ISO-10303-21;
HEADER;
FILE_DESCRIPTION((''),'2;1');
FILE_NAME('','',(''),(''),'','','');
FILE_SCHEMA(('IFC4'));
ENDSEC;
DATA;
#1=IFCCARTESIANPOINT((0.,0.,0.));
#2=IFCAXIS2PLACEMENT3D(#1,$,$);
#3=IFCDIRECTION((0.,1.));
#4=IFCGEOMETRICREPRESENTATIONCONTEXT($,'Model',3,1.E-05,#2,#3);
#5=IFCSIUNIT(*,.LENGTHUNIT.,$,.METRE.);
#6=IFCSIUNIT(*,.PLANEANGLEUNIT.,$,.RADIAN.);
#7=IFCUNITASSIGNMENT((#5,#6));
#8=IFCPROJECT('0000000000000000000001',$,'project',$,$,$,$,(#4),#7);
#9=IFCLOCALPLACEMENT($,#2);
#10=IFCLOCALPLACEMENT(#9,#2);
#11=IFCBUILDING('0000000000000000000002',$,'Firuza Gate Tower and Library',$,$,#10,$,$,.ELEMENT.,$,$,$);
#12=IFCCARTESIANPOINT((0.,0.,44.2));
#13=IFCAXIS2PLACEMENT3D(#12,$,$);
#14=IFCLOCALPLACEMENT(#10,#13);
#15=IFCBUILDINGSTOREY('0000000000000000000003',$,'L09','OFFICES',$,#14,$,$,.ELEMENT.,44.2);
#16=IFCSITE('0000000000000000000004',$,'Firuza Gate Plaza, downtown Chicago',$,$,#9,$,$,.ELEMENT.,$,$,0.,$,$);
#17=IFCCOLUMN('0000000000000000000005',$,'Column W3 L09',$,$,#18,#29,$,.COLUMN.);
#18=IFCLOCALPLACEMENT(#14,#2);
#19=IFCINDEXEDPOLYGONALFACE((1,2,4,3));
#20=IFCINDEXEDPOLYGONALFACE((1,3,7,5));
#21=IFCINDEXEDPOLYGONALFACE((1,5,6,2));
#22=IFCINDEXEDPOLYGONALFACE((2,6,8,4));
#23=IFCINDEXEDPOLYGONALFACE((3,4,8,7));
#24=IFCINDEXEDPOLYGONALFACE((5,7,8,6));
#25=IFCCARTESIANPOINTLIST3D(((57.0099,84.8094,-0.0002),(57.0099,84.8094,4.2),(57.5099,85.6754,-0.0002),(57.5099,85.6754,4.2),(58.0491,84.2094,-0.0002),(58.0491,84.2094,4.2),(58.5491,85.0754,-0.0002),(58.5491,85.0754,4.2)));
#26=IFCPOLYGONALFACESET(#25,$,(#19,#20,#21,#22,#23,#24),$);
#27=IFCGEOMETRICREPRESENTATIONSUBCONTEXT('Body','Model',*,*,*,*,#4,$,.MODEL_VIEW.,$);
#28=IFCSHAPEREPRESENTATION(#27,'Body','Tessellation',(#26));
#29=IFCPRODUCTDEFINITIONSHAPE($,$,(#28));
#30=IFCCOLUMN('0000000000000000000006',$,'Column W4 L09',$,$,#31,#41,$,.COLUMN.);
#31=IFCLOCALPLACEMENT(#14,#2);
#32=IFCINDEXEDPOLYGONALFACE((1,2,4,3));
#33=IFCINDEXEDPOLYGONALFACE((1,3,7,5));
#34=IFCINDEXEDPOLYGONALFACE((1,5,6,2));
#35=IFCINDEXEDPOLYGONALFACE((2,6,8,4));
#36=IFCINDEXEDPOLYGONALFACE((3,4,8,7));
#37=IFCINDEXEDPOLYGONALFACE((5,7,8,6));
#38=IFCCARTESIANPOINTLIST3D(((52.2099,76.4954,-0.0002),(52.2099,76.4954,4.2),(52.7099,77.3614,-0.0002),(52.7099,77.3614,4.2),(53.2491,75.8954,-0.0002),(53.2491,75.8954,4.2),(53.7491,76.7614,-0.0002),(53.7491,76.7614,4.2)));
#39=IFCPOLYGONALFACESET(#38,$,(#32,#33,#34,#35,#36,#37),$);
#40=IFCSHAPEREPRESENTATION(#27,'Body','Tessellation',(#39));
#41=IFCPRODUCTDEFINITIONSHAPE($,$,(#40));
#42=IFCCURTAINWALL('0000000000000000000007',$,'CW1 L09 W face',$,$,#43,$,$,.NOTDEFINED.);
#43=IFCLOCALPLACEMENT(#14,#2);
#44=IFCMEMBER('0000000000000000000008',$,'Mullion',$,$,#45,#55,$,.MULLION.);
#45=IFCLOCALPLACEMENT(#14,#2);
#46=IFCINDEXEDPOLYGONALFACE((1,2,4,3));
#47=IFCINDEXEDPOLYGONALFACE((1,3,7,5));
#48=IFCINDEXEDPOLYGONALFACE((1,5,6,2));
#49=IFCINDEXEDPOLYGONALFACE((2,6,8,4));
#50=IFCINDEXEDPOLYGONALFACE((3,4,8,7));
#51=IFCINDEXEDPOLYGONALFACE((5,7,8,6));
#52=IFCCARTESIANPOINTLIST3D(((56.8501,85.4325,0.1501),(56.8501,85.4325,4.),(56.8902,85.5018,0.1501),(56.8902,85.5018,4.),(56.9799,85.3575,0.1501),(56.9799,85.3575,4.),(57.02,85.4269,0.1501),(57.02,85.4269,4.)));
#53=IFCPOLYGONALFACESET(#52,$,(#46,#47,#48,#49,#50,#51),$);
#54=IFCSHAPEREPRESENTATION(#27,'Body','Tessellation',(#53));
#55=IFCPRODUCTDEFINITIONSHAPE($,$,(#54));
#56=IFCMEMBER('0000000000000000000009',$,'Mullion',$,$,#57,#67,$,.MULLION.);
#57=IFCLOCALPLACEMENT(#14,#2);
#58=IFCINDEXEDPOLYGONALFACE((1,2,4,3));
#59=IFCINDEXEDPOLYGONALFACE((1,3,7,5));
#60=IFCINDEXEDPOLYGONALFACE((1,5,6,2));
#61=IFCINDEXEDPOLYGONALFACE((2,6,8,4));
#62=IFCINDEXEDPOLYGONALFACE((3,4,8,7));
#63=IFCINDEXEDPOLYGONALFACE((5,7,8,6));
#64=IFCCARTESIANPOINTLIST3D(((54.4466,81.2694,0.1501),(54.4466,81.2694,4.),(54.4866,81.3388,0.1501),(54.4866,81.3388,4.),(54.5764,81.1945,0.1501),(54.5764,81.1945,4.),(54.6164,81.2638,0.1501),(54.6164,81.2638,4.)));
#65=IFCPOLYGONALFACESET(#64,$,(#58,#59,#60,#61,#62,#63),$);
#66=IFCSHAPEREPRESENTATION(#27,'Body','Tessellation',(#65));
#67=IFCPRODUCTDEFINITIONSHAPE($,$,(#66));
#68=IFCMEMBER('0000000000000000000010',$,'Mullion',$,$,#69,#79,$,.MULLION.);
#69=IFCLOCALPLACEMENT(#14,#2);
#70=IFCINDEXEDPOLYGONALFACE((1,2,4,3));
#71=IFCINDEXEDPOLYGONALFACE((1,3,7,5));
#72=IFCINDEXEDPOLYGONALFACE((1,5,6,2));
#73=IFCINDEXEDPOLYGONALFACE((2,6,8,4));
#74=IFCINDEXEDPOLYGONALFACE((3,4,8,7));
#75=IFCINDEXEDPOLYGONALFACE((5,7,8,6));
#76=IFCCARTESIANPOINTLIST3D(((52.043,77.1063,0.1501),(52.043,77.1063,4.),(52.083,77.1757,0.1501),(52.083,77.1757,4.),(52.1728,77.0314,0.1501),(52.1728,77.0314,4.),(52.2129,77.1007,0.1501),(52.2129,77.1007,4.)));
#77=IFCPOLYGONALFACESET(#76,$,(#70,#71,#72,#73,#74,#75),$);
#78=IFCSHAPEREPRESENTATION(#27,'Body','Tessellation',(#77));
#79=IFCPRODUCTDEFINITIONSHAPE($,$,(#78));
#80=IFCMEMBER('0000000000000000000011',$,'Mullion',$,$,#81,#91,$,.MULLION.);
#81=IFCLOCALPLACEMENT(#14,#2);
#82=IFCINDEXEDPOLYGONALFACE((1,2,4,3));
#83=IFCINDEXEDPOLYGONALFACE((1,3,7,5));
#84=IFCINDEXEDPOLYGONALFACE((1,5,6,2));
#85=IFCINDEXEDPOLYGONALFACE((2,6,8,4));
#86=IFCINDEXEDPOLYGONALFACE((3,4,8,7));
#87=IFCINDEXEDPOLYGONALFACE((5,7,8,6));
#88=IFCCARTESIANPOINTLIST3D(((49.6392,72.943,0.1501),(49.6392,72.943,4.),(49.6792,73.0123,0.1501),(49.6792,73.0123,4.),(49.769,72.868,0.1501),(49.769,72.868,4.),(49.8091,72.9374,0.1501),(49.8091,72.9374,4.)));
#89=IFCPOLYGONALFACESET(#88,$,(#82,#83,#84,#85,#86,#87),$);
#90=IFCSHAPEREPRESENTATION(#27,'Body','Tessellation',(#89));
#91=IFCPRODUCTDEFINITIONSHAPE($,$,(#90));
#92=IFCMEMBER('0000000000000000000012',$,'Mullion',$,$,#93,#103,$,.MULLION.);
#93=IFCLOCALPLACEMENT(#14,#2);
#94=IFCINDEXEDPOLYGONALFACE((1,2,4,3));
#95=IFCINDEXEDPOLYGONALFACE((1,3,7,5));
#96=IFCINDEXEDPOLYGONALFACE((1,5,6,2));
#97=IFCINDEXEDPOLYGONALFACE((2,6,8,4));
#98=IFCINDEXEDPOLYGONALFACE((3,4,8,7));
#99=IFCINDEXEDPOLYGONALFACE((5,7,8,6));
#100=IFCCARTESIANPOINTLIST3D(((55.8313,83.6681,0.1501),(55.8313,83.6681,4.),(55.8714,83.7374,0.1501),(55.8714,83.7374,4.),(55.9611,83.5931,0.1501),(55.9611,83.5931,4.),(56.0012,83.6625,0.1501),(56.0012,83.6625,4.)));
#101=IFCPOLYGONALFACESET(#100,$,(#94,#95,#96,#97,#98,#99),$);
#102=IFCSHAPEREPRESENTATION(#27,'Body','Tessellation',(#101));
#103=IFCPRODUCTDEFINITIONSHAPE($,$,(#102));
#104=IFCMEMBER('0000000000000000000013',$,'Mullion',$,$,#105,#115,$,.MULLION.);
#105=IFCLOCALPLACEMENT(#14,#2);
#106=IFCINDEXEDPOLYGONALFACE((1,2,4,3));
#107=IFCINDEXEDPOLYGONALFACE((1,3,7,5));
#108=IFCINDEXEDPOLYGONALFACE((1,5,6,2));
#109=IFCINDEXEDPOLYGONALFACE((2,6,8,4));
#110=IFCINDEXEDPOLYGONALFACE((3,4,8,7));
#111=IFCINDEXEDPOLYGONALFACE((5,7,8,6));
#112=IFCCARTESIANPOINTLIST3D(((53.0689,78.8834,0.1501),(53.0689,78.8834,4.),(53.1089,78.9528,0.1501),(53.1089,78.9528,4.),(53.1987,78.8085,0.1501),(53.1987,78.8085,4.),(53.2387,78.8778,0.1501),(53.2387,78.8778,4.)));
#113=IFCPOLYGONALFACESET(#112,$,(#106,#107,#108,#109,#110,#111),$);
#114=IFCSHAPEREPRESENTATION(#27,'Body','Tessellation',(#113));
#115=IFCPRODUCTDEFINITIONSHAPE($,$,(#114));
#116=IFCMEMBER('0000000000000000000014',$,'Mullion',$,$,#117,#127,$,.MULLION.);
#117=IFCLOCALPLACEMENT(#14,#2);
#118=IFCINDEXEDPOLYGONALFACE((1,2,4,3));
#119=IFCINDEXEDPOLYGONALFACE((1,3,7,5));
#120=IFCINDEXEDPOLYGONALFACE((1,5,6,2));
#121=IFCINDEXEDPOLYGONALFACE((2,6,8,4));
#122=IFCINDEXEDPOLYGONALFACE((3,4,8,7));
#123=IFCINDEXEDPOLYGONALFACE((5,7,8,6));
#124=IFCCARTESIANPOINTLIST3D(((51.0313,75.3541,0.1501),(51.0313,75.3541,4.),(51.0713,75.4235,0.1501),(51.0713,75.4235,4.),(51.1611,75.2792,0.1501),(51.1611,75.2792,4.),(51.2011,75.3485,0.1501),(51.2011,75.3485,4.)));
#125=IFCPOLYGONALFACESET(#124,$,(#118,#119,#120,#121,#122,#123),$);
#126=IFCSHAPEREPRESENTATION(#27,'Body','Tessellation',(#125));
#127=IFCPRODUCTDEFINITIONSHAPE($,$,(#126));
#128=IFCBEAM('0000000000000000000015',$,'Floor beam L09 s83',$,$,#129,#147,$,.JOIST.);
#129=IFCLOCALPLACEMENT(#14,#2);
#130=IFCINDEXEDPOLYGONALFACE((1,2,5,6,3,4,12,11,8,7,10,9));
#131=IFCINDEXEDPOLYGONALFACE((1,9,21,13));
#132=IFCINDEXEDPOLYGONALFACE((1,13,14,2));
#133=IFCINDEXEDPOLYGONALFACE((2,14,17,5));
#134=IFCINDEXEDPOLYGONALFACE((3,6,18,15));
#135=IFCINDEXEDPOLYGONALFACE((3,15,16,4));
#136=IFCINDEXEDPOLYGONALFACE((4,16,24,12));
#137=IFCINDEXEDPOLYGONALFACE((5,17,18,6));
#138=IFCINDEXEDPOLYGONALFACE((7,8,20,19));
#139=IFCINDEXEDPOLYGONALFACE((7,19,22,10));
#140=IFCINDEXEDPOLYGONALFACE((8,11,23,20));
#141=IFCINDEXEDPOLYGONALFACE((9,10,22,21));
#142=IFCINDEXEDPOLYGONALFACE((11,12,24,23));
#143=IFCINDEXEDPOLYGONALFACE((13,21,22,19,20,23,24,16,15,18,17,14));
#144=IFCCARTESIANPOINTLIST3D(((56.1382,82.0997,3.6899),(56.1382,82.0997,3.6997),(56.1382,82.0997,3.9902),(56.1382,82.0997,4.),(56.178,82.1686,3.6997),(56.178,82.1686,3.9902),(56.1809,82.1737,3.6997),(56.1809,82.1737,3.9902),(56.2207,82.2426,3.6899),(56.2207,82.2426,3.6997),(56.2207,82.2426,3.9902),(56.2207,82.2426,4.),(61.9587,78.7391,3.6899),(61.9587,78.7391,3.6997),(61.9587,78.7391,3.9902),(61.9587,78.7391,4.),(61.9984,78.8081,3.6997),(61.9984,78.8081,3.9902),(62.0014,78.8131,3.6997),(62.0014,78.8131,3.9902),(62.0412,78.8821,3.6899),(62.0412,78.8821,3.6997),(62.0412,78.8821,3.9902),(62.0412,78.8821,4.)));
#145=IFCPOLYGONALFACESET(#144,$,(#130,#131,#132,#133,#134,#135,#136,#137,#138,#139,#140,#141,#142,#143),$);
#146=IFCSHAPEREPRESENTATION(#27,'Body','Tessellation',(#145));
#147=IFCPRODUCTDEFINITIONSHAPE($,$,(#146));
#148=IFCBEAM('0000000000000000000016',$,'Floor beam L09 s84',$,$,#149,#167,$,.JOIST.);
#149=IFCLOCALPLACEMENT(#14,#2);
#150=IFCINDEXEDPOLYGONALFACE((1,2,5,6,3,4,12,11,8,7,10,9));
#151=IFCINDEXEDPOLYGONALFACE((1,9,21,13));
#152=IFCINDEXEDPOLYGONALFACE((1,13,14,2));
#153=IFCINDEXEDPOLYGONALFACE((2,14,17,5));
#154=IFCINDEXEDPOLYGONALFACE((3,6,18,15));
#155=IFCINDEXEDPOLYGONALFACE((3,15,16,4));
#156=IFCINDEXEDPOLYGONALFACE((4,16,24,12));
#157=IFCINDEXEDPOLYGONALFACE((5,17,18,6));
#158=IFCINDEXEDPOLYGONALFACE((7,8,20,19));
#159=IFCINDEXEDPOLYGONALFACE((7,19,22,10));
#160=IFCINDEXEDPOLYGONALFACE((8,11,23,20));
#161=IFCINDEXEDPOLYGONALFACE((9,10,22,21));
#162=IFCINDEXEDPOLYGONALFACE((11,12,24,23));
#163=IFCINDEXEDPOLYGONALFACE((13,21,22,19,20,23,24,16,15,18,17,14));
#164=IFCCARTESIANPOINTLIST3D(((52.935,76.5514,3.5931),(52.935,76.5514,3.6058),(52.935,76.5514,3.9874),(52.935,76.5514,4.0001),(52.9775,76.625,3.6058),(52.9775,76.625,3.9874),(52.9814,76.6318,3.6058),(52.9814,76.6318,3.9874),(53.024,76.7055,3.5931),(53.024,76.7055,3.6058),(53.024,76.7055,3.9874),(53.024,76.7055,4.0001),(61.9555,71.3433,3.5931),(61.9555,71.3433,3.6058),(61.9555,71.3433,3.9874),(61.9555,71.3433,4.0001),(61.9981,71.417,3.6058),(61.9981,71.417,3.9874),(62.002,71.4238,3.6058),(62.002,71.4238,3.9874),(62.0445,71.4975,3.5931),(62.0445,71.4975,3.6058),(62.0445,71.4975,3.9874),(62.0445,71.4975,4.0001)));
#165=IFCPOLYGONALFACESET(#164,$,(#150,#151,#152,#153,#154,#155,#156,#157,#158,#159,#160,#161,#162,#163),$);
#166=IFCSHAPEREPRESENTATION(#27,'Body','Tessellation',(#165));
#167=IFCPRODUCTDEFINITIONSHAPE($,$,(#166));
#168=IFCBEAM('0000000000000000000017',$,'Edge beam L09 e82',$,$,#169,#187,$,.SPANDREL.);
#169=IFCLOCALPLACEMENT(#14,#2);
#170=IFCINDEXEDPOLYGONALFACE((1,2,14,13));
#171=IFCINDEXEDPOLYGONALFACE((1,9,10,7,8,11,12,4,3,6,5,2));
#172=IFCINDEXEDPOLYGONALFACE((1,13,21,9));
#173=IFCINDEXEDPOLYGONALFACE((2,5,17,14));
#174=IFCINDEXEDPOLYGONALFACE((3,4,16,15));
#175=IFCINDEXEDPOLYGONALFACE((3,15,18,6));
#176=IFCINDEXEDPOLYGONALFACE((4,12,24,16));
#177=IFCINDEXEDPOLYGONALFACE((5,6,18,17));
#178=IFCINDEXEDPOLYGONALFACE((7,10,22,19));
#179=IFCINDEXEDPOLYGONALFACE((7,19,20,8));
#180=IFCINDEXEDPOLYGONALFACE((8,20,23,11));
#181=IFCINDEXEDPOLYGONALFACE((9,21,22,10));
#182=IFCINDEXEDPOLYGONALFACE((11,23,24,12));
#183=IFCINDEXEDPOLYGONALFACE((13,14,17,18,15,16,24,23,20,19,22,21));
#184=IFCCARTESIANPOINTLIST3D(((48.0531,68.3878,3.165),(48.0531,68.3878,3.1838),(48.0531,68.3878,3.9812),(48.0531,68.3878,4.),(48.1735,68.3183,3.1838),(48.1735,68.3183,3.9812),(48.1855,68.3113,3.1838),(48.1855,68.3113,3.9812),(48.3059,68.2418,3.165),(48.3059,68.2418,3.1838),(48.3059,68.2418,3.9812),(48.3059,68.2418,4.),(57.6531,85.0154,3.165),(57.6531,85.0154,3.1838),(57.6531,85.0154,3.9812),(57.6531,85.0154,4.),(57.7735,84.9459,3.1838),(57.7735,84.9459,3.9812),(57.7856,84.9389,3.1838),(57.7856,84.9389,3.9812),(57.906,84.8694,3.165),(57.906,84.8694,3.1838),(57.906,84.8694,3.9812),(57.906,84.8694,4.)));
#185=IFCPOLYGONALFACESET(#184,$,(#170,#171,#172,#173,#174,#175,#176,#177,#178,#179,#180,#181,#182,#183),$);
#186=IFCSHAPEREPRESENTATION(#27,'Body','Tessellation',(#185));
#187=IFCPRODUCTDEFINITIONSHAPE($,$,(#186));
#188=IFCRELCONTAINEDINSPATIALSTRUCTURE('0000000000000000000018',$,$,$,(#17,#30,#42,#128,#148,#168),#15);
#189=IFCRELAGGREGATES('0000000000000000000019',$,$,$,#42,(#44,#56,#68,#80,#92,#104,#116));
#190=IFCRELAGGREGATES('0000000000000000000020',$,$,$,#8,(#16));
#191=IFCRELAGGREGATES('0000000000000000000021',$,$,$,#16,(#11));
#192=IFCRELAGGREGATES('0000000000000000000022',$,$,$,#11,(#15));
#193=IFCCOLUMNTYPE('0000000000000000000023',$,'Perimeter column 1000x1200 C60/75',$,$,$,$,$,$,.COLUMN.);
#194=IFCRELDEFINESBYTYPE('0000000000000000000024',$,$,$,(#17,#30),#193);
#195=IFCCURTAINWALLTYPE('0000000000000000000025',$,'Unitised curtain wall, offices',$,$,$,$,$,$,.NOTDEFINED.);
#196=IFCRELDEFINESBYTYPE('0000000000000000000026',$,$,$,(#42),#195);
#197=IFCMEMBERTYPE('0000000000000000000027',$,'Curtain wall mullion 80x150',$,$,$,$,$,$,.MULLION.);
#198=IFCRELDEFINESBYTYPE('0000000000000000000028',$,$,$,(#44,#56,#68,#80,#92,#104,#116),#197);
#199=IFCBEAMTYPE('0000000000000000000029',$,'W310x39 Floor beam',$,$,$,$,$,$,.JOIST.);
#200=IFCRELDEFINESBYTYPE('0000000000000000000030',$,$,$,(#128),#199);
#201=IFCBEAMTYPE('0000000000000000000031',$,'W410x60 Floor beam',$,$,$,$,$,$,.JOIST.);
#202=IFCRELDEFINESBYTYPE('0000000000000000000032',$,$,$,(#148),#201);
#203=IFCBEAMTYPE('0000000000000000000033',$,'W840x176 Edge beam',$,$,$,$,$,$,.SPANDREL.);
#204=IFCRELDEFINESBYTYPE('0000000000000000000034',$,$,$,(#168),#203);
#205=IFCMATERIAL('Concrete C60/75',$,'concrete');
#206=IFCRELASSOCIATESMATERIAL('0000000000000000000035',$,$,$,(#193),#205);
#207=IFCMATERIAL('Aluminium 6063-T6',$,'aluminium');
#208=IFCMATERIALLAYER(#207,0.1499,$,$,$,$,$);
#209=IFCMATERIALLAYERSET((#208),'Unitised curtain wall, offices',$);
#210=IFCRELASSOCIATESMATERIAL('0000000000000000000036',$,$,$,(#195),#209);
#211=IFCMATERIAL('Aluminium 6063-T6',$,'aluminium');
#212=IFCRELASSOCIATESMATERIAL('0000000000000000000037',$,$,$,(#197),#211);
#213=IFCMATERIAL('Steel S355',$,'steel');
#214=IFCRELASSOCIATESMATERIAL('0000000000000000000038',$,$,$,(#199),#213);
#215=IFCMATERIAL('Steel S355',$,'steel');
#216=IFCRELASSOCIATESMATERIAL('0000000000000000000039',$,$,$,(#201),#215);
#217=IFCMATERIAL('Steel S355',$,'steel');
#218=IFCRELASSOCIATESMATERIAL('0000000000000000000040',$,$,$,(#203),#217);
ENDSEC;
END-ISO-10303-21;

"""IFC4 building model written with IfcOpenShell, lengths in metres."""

from ifc_helpers import new_model, si_unit, direction, frame, origin, origin_2d, place, context, subcontext, project, spatial, rectangle, i_section, extrude, material, layer, layer_set, material_profile, profile_set, type_object, element, aggregate, save


model = new_model("IFC4")

# Units and contexts
model_context = context("Model", 3, precision=1e-05, world=origin(), true_north=direction((0.0, 1.0)))
body_context = subcontext(model_context, "Body", "Model", "MODEL_VIEW")
ifc_project = project(units=[si_unit("LENGTHUNIT", "METRE"), si_unit("PLANEANGLEUNIT", "RADIAN")], contexts=[model_context])

# Site, building, storey
site_placement = place(None, origin())
site = spatial("IfcSite", under=ifc_project, at=site_placement, Name="Firuza Gate Plaza, downtown Chicago", CompositionType="ELEMENT", RefElevation=0.0)
building_placement = place(site_placement, origin())
building = spatial("IfcBuilding", under=site, at=building_placement, Name="Firuza Gate Tower and Library", CompositionType="ELEMENT")
storey_placement = place(building_placement, frame((0.0, 0.0, 44.2)))
storey = spatial("IfcBuildingStorey", under=building, at=storey_placement, Name="L09", Description="OFFICES", CompositionType="ELEMENT", Elevation=44.2)

# Columns
ifc_material_1 = material(Name="Concrete C60/75", Category="concrete")
ifc_material_profile_1 = material_profile(ifc_material_1, rectangle(XDim=1.0, YDim=1.2, at=origin_2d()))
ifc_profile_set_1 = profile_set([ifc_material_profile_1], Name="Concrete C60/75")
column_type = type_object("IfcColumnType", Name="Perimeter column 1000x1200 C60/75", PredefinedType="COLUMN", material=ifc_profile_set_1)
for number, where, z_axis, x_axis, name in (
    (1, (57.7795, 84.9424, -0.0002), (0.0, 0.0, 1.0), (-0.5, -0.866025, 0.0), "Column W3 L09"),
    (2, (52.9795, 76.6284, -0.0002), (0.0, 0.0, 1.0), (-0.5, -0.866025, 0.0), "Column W4 L09"),
):
    element("IfcColumn", number, at=place(storey_placement, frame(where, z_axis=z_axis, x_axis=x_axis)), inside=storey, type_object=column_type, Name=name, PredefinedType="COLUMN", context=body_context, shape_type="SweptSolid", body=[
        extrude(rectangle(XDim=1.0, YDim=1.2, at=origin_2d()), origin(), (0.0, 0.0, 1.0), 4.2002),
    ])

# Curtain wall, members
ifc_material_2 = material(Name="Aluminium 6063-T6", Category="aluminium")
ifc_layer_1 = layer(ifc_material_2, 0.1499)
ifc_layer_set_1 = layer_set([ifc_layer_1], Name="Unitised curtain wall, offices")
curtain_wall_type = type_object("IfcCurtainWallType", Name="Unitised curtain wall, offices", PredefinedType="NOTDEFINED", material=ifc_layer_set_1)
curtain_wall_placement = place(storey_placement, origin())
curtain_wall = element("IfcCurtainWall", 3, at=curtain_wall_placement, inside=storey, type_object=curtain_wall_type, Name="CW1 L09 W face", PredefinedType="NOTDEFINED")
ifc_material_3 = material(Name="Aluminium 6063-T6", Category="aluminium")
ifc_material_profile_2 = material_profile(ifc_material_3, rectangle(XDim=0.1499, YDim=0.0801, at=origin_2d()))
ifc_profile_set_2 = profile_set([ifc_material_profile_2], Name="Aluminium 6063-T6")
member_type = type_object("IfcMemberType", Name="Curtain wall mullion 80x150", PredefinedType="MULLION", material=ifc_profile_set_2)
member_1_placement = place(storey_placement, frame((56.9351, 85.4297, 0.1501), z_axis=(0.0, 0.0, 1.0), x_axis=(0.866025, -0.5, 0.0)))
member_1 = element("IfcMember", 4, at=member_1_placement, type_object=member_type, Name="Mullion", PredefinedType="MULLION", context=body_context, shape_type="SweptSolid", body=[
    extrude(rectangle(XDim=0.1499, YDim=0.0801, at=origin_2d()), origin(), (0.0, 0.0, 1.0), 3.8499),
])
member_2_placement = place(storey_placement, frame((54.5315, 81.2666, 0.1501), z_axis=(0.0, 0.0, 1.0), x_axis=(0.866025, -0.5, 0.0)))
member_2 = element("IfcMember", 5, at=member_2_placement, type_object=member_type, Name="Mullion", PredefinedType="MULLION", context=body_context, shape_type="SweptSolid", body=[
    extrude(rectangle(XDim=0.1499, YDim=0.0801, at=origin_2d()), origin(), (0.0, 0.0, 1.0), 3.8499),
])
member_3_placement = place(storey_placement, frame((52.1279, 77.1035, 0.1501), z_axis=(0.0, 0.0, 1.0), x_axis=(0.866025, -0.5, 0.0)))
member_3 = element("IfcMember", 6, at=member_3_placement, type_object=member_type, Name="Mullion", PredefinedType="MULLION", context=body_context, shape_type="SweptSolid", body=[
    extrude(rectangle(XDim=0.1499, YDim=0.0801, at=origin_2d()), origin(), (0.0, 0.0, 1.0), 3.8499),
])
member_4_placement = place(storey_placement, frame((49.7241, 72.9402, 0.1501), z_axis=(0.0, 0.0, 1.0), x_axis=(0.866025, -0.5, 0.0)))
member_4 = element("IfcMember", 7, at=member_4_placement, type_object=member_type, Name="Mullion", PredefinedType="MULLION", context=body_context, shape_type="SweptSolid", body=[
    extrude(rectangle(XDim=0.1499, YDim=0.0801, at=origin_2d()), origin(), (0.0, 0.0, 1.0), 3.8499),
])
member_5_placement = place(storey_placement, frame((55.9163, 83.6653, 0.1501), z_axis=(0.0, 0.0, 1.0), x_axis=(0.866025, -0.5, 0.0)))
member_5 = element("IfcMember", 8, at=member_5_placement, type_object=member_type, Name="Mullion", PredefinedType="MULLION", context=body_context, shape_type="SweptSolid", body=[
    extrude(rectangle(XDim=0.1499, YDim=0.0801, at=origin_2d()), origin(), (0.0, 0.0, 1.0), 3.8499),
])
member_6_placement = place(storey_placement, frame((53.1538, 78.8806, 0.1501), z_axis=(0.0, 0.0, 1.0), x_axis=(0.866025, -0.5, 0.0)))
member_6 = element("IfcMember", 9, at=member_6_placement, type_object=member_type, Name="Mullion", PredefinedType="MULLION", context=body_context, shape_type="SweptSolid", body=[
    extrude(rectangle(XDim=0.1499, YDim=0.0801, at=origin_2d()), origin(), (0.0, 0.0, 1.0), 3.8499),
])
member_7_placement = place(storey_placement, frame((51.1162, 75.3513, 0.1501), z_axis=(0.0, 0.0, 1.0), x_axis=(0.866025, -0.5, 0.0)))
member_7 = element("IfcMember", 10, at=member_7_placement, type_object=member_type, Name="Mullion", PredefinedType="MULLION", context=body_context, shape_type="SweptSolid", body=[
    extrude(rectangle(XDim=0.1499, YDim=0.0801, at=origin_2d()), origin(), (0.0, 0.0, 1.0), 3.8499),
])

# Beams
ifc_material_4 = material(Name="Steel S355", Category="steel")
ifc_material_profile_3 = material_profile(ifc_material_4, i_section(OverallWidth=0.165, OverallDepth=0.3101, WebThickness=0.0059, FlangeThickness=0.0098, at=origin_2d()))
ifc_profile_set_3 = profile_set([ifc_material_profile_3], Name="Steel S355")
beam_type_1 = type_object("IfcBeamType", Name="W310x39 Floor beam", PredefinedType="JOIST", material=ifc_profile_set_3)
beam_1_placement = place(storey_placement, frame((56.1794, 82.1711, 3.845), z_axis=(0.866019, -0.500011, 0.0), x_axis=(0.500011, 0.866019, 0.0)))
element("IfcBeam", 11, at=beam_1_placement, inside=storey, type_object=beam_type_1, Name="Floor beam L09 s83", PredefinedType="JOIST", context=body_context, shape_type="SweptSolid", body=[
    extrude(i_section(OverallWidth=0.165, OverallDepth=0.3101, WebThickness=0.0059, FlangeThickness=0.0098, at=origin_2d()), origin(), (0.0, 0.0, 1.0), 6.7209),
])
ifc_material_5 = material(Name="Steel S355", Category="steel")
ifc_material_profile_4 = material_profile(ifc_material_5, i_section(OverallWidth=0.178, OverallDepth=0.407, WebThickness=0.0078, FlangeThickness=0.0127, at=origin_2d()))
ifc_profile_set_4 = profile_set([ifc_material_profile_4], Name="Steel S355")
beam_type_2 = type_object("IfcBeamType", Name="W410x60 Floor beam", PredefinedType="JOIST", material=ifc_profile_set_4)
beam_2_placement = place(storey_placement, frame((52.9795, 76.6284, 3.7966), z_axis=(0.866025, -0.500001, 0.0), x_axis=(0.500001, 0.866025, 0.0)))
element("IfcBeam", 12, at=beam_2_placement, inside=storey, type_object=beam_type_2, Name="Floor beam L09 s84", PredefinedType="JOIST", context=body_context, shape_type="SweptSolid", body=[
    extrude(i_section(OverallWidth=0.178, OverallDepth=0.407, WebThickness=0.0078, FlangeThickness=0.0127, at=origin_2d()), origin(), (0.0, 0.0, 1.0), 10.416),
])
ifc_material_6 = material(Name="Steel S355", Category="steel")
ifc_material_profile_5 = material_profile(ifc_material_6, i_section(OverallWidth=0.292, OverallDepth=0.835, WebThickness=0.0139, FlangeThickness=0.0188, at=origin_2d()))
ifc_profile_set_5 = profile_set([ifc_material_profile_5], Name="Steel S355")
beam_type_3 = type_object("IfcBeamType", Name="W840x176 Edge beam", PredefinedType="SPANDREL", material=ifc_profile_set_5)
beam_3_placement = place(storey_placement, frame((57.7795, 84.9424, 3.5825), z_axis=(-0.500004, -0.866023, 0.0), x_axis=(0.866023, -0.500004, 0.0)))
element("IfcBeam", 13, at=beam_3_placement, inside=storey, type_object=beam_type_3, Name="Edge beam L09 e82", PredefinedType="SPANDREL", context=body_context, shape_type="SweptSolid", body=[
    extrude(i_section(OverallWidth=0.292, OverallDepth=0.835, WebThickness=0.0139, FlangeThickness=0.0188, at=origin_2d()), origin(), (0.0, 0.0, 1.0), 19.2),
])

aggregate(curtain_wall, [member_1, member_2, member_3, member_4, member_5, member_6, member_7])

save(model, "model.ifc")
